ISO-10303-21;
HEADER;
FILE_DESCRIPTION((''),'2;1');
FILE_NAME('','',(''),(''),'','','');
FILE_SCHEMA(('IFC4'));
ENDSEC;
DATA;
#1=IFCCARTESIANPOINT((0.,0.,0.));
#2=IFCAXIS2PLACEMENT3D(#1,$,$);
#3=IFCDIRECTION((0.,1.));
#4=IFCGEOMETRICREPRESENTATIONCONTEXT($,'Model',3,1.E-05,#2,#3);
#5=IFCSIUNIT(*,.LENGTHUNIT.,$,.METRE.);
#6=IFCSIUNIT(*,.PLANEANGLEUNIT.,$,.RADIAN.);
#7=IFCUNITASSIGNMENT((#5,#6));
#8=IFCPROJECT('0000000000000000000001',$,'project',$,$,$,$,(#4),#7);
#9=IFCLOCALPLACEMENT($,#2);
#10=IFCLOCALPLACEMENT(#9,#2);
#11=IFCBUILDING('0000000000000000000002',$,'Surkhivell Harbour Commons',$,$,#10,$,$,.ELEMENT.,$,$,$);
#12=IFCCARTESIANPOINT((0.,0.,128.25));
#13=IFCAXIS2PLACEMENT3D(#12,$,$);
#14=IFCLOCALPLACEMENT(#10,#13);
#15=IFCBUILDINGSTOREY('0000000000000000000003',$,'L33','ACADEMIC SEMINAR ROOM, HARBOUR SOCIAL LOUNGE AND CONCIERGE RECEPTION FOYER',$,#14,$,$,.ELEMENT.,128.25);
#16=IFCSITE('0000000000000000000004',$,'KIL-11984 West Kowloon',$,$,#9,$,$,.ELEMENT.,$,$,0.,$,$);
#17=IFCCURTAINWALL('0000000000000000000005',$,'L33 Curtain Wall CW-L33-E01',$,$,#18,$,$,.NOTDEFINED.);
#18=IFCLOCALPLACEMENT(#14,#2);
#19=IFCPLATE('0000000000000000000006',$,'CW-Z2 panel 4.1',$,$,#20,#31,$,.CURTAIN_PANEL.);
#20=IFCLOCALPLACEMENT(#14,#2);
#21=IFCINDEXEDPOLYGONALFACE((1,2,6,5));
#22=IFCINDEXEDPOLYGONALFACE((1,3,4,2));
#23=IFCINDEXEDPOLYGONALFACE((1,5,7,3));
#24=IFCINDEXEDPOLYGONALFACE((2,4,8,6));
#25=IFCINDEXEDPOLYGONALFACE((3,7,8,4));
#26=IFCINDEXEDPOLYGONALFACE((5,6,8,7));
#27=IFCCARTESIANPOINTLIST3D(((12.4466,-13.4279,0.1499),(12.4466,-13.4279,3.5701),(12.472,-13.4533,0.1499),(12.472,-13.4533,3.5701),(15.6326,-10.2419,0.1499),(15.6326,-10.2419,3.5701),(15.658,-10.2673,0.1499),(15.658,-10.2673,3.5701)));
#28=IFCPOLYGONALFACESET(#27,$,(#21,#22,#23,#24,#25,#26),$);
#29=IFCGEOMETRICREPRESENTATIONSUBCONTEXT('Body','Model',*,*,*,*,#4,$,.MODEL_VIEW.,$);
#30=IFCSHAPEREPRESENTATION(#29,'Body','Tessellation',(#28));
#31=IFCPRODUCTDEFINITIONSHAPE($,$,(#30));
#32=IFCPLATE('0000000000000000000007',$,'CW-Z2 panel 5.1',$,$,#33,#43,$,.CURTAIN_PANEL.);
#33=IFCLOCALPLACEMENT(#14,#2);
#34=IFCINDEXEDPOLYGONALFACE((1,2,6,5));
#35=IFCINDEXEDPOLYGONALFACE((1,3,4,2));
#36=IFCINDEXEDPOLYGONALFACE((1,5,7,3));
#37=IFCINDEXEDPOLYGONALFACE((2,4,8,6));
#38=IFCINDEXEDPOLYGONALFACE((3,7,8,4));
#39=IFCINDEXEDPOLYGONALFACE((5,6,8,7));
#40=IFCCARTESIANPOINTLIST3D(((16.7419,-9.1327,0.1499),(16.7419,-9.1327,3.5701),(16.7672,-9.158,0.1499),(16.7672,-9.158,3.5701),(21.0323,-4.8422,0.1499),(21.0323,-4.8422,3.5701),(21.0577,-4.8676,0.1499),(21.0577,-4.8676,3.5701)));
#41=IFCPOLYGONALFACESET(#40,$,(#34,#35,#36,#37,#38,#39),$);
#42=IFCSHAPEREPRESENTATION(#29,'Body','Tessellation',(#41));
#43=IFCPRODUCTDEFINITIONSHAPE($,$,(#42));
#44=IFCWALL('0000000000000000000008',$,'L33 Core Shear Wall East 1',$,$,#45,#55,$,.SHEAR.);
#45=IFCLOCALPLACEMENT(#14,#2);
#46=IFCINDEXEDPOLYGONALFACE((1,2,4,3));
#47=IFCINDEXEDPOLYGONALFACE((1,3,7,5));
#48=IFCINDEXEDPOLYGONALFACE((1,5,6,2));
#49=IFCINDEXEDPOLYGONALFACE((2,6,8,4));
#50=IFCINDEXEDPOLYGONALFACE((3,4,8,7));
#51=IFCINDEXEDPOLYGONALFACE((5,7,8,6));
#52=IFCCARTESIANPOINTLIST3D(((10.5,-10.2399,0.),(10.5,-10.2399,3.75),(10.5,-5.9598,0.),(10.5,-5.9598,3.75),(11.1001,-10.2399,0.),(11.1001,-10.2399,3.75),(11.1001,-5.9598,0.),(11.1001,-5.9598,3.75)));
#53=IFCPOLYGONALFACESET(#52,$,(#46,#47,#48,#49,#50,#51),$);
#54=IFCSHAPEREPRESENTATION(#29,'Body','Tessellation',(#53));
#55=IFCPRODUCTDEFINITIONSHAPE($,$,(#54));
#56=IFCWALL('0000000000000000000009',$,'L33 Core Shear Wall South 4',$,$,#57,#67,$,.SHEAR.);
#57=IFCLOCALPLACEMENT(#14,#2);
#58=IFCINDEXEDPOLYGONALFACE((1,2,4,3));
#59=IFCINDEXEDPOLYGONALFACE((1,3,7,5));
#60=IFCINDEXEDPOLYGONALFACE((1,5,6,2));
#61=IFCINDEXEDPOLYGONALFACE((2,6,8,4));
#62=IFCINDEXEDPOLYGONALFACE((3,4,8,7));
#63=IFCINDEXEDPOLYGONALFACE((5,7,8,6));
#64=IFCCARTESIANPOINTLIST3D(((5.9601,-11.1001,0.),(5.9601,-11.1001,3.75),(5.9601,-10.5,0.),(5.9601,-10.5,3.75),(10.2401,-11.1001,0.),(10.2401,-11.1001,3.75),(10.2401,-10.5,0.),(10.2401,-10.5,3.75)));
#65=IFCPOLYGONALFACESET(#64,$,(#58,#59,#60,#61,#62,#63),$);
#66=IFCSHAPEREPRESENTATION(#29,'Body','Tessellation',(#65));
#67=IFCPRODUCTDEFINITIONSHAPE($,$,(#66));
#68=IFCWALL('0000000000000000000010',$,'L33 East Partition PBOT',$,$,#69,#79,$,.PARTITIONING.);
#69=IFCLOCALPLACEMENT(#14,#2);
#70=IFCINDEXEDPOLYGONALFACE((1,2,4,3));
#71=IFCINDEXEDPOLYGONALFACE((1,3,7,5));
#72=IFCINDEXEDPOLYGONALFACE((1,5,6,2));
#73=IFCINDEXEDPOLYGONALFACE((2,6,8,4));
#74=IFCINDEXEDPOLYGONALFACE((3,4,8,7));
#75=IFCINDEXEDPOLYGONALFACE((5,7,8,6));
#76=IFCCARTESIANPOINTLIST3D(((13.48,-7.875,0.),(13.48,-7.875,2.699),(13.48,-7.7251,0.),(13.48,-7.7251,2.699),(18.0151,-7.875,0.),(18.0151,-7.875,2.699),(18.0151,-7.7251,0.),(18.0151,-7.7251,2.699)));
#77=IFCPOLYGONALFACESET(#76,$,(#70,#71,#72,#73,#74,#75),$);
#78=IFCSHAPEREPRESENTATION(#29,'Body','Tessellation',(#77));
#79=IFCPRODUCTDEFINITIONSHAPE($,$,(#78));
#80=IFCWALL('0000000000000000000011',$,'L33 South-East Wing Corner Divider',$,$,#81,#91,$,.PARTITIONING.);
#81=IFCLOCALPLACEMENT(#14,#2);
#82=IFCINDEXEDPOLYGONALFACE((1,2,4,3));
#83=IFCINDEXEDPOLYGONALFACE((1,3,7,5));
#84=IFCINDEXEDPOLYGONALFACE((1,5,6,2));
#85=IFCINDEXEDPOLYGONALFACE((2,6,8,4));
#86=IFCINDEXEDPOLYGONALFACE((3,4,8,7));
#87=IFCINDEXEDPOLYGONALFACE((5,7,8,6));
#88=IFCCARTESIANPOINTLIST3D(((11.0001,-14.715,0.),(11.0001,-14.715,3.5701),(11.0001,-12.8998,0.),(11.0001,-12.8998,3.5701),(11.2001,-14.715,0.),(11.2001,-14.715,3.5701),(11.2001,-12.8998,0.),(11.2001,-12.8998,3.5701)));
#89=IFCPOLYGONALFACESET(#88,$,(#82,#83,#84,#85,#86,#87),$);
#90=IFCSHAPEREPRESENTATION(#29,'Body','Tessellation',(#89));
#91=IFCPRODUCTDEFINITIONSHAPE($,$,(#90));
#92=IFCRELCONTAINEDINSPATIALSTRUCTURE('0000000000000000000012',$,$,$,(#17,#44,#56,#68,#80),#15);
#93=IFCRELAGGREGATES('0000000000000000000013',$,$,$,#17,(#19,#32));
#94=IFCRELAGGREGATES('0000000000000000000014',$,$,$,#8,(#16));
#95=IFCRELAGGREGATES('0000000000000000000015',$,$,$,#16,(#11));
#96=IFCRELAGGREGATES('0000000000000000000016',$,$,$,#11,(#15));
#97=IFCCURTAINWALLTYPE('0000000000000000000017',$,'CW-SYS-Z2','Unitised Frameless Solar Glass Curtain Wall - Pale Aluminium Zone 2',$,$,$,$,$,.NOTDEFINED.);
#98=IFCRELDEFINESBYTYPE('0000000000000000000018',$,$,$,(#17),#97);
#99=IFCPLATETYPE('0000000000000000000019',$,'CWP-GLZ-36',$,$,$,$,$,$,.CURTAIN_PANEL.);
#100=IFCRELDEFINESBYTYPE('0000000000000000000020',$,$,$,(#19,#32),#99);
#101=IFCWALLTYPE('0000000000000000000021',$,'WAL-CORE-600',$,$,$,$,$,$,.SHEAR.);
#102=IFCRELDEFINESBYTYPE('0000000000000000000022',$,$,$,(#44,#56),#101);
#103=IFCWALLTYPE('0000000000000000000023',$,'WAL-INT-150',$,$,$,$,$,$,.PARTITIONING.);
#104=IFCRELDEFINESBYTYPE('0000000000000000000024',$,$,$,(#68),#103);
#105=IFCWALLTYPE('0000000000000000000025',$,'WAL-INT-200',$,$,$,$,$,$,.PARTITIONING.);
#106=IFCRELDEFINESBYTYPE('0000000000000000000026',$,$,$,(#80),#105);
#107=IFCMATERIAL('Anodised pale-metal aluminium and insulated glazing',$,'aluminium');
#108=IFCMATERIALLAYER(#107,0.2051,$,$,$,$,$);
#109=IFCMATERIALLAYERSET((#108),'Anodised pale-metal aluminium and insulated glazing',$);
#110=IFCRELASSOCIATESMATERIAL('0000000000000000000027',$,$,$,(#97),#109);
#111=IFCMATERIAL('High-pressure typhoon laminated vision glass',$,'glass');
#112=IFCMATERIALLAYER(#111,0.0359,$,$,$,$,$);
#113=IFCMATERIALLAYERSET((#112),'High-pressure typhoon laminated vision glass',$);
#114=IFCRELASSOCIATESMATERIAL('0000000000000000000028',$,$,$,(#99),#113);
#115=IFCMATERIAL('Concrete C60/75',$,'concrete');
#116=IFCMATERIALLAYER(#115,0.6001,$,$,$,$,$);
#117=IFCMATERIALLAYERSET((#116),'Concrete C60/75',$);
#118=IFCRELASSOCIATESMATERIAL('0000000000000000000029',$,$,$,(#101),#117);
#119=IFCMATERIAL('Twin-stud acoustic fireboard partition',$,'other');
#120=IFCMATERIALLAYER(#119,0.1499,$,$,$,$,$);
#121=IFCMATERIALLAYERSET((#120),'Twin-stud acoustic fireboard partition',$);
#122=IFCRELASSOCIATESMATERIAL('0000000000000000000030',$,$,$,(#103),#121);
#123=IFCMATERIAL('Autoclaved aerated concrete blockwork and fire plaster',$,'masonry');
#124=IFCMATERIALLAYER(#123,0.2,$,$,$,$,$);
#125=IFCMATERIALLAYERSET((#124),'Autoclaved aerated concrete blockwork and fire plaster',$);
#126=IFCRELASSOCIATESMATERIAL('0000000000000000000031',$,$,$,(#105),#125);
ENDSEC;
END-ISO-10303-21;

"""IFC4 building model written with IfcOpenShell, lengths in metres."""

from ifc_helpers import new_model, si_unit, direction, frame, frame_2d, origin, place, context, subcontext, project, spatial, rectangle, extrude, material, layer, layer_set, type_object, element, aggregate, save


model = new_model("IFC4")

# Units and contexts
model_context = context("Model", 3, precision=1e-05, world=origin(), true_north=direction((0.0, 1.0)))
body_context = subcontext(model_context, "Body", "Model", "MODEL_VIEW")
ifc_project = project(units=[si_unit("LENGTHUNIT", "METRE"), si_unit("PLANEANGLEUNIT", "RADIAN")], contexts=[model_context])

# Site, building, storey
site_placement = place(None, origin())
site = spatial("IfcSite", under=ifc_project, at=site_placement, Name="KIL-11984 West Kowloon", CompositionType="ELEMENT", RefElevation=0.0)
building_placement = place(site_placement, origin())
building = spatial("IfcBuilding", under=site, at=building_placement, Name="Surkhivell Harbour Commons", CompositionType="ELEMENT")
storey_placement = place(building_placement, frame((0.0, 0.0, 128.25)))
storey = spatial("IfcBuildingStorey", under=building, at=storey_placement, Name="L33", Description="ACADEMIC SEMINAR ROOM, HARBOUR SOCIAL LOUNGE AND CONCIERGE RECEPTION FOYER", CompositionType="ELEMENT", Elevation=128.25)

# Shared definitions
ifc_material_1 = material(Name="Concrete C60/75", Category="concrete")

# Curtain wall, plates
ifc_material_2 = material(Name="Anodised pale-metal aluminium and insulated glazing", Category="aluminium")
ifc_layer_1 = layer(ifc_material_2, 0.2051)
ifc_layer_set_1 = layer_set([ifc_layer_1], Name="Anodised pale-metal aluminium and insulated glazing")
curtain_wall_type = type_object("IfcCurtainWallType", Name="CW-SYS-Z2", Description="Unitised Frameless Solar Glass Curtain Wall - Pale Aluminium Zone 2", PredefinedType="NOTDEFINED", material=ifc_layer_set_1)
curtain_wall_placement = place(storey_placement, origin())
curtain_wall = element("IfcCurtainWall", 1, at=curtain_wall_placement, inside=storey, type_object=curtain_wall_type, Name="L33 Curtain Wall CW-L33-E01", PredefinedType="NOTDEFINED")
ifc_material_3 = material(Name="High-pressure typhoon laminated vision glass", Category="glass")
ifc_layer_2 = layer(ifc_material_3, 0.0359)
ifc_layer_set_2 = layer_set([ifc_layer_2], Name="High-pressure typhoon laminated vision glass")
plate_type = type_object("IfcPlateType", Name="CWP-GLZ-36", PredefinedType="CURTAIN_PANEL", material=ifc_layer_set_2)
plate_1_placement = place(storey_placement, frame((12.4592, -13.4407, 0.1499), z_axis=(0.0, 0.0, 1.0), x_axis=(0.707107, 0.707107, 0.0)))
plate_1 = element("IfcPlate", 2, at=plate_1_placement, type_object=plate_type, Name="CW-Z2 panel 4.1", PredefinedType="CURTAIN_PANEL", context=body_context, shape_type="SweptSolid", body=[
    extrude(rectangle(XDim=4.5056, YDim=0.0359, at=frame_2d((2.2529, 0.0))), origin(), (0.0, 0.0, 1.0), 3.4202),
])
plate_2_placement = place(storey_placement, frame((16.7546, -9.1453, 0.1499), z_axis=(0.0, 0.0, 1.0), x_axis=(0.707107, 0.707107, 0.0)))
plate_2 = element("IfcPlate", 3, at=plate_2_placement, type_object=plate_type, Name="CW-Z2 panel 5.1", PredefinedType="CURTAIN_PANEL", context=body_context, shape_type="SweptSolid", body=[
    extrude(rectangle(XDim=6.0676, YDim=0.0359, at=frame_2d((3.0337, 0.0))), origin(), (0.0, 0.0, 1.0), 3.4202),
])
aggregate(curtain_wall, [plate_1, plate_2])

# Walls
ifc_layer_3 = layer(ifc_material_1, 0.6001)
ifc_layer_set_3 = layer_set([ifc_layer_3], Name="Concrete C60/75")
wall_type_1 = type_object("IfcWallType", Name="WAL-CORE-600", PredefinedType="SHEAR", material=ifc_layer_set_3)
for number, where, z_axis, x_axis, name in (
    (4, (10.8, -10.24, 0.0), (0.0, 0.0, 1.0), (0.0, 1.0, 0.0), "L33 Core Shear Wall East 1"),
    (5, (5.96, -10.8, 0.0), (0.0, 0.0, 1.0), (1.0, 0.0, 0.0), "L33 Core Shear Wall South 4"),
):
    element("IfcWall", number, at=place(storey_placement, frame(where, z_axis=z_axis, x_axis=x_axis)), inside=storey, type_object=wall_type_1, Name=name, PredefinedType="SHEAR", context=body_context, shape_type="SweptSolid", body=[
        extrude(rectangle(XDim=4.28, YDim=0.6001, at=frame_2d((2.1401, 0.0))), origin(), (0.0, 0.0, 1.0), 3.75),
    ])
ifc_material_4 = material(Name="Twin-stud acoustic fireboard partition", Category="other")
ifc_layer_4 = layer(ifc_material_4, 0.1499)
ifc_layer_set_4 = layer_set([ifc_layer_4], Name="Twin-stud acoustic fireboard partition")
wall_type_2 = type_object("IfcWallType", Name="WAL-INT-150", PredefinedType="PARTITIONING", material=ifc_layer_set_4)
wall_1_placement = place(storey_placement, frame((13.48, -7.8, 0.0), z_axis=(0.0, 0.0, 1.0), x_axis=(1.0, 0.0, 0.0)))
element("IfcWall", 6, at=wall_1_placement, inside=storey, type_object=wall_type_2, Name="L33 East Partition PBOT", PredefinedType="PARTITIONING", context=body_context, shape_type="SweptSolid", body=[
    extrude(rectangle(XDim=4.5352, YDim=0.1499, at=frame_2d((2.2676, 0.0))), origin(), (0.0, 0.0, 1.0), 2.699),
])
ifc_material_5 = material(Name="Autoclaved aerated concrete blockwork and fire plaster", Category="masonry")
ifc_layer_5 = layer(ifc_material_5, 0.2)
ifc_layer_set_5 = layer_set([ifc_layer_5], Name="Autoclaved aerated concrete blockwork and fire plaster")
wall_type_3 = type_object("IfcWallType", Name="WAL-INT-200", PredefinedType="PARTITIONING", material=ifc_layer_set_5)
wall_2_placement = place(storey_placement, frame((11.1001, -14.7151, 0.0), z_axis=(0.0, 0.0, 1.0), x_axis=(0.0, 1.0, 0.0)))
element("IfcWall", 7, at=wall_2_placement, inside=storey, type_object=wall_type_3, Name="L33 South-East Wing Corner Divider", PredefinedType="PARTITIONING", context=body_context, shape_type="SweptSolid", body=[
    extrude(rectangle(XDim=1.8152, YDim=0.2, at=frame_2d((0.9077, 0.0))), origin(), (0.0, 0.0, 1.0), 3.5701),
])

save(model, "model.ifc")
